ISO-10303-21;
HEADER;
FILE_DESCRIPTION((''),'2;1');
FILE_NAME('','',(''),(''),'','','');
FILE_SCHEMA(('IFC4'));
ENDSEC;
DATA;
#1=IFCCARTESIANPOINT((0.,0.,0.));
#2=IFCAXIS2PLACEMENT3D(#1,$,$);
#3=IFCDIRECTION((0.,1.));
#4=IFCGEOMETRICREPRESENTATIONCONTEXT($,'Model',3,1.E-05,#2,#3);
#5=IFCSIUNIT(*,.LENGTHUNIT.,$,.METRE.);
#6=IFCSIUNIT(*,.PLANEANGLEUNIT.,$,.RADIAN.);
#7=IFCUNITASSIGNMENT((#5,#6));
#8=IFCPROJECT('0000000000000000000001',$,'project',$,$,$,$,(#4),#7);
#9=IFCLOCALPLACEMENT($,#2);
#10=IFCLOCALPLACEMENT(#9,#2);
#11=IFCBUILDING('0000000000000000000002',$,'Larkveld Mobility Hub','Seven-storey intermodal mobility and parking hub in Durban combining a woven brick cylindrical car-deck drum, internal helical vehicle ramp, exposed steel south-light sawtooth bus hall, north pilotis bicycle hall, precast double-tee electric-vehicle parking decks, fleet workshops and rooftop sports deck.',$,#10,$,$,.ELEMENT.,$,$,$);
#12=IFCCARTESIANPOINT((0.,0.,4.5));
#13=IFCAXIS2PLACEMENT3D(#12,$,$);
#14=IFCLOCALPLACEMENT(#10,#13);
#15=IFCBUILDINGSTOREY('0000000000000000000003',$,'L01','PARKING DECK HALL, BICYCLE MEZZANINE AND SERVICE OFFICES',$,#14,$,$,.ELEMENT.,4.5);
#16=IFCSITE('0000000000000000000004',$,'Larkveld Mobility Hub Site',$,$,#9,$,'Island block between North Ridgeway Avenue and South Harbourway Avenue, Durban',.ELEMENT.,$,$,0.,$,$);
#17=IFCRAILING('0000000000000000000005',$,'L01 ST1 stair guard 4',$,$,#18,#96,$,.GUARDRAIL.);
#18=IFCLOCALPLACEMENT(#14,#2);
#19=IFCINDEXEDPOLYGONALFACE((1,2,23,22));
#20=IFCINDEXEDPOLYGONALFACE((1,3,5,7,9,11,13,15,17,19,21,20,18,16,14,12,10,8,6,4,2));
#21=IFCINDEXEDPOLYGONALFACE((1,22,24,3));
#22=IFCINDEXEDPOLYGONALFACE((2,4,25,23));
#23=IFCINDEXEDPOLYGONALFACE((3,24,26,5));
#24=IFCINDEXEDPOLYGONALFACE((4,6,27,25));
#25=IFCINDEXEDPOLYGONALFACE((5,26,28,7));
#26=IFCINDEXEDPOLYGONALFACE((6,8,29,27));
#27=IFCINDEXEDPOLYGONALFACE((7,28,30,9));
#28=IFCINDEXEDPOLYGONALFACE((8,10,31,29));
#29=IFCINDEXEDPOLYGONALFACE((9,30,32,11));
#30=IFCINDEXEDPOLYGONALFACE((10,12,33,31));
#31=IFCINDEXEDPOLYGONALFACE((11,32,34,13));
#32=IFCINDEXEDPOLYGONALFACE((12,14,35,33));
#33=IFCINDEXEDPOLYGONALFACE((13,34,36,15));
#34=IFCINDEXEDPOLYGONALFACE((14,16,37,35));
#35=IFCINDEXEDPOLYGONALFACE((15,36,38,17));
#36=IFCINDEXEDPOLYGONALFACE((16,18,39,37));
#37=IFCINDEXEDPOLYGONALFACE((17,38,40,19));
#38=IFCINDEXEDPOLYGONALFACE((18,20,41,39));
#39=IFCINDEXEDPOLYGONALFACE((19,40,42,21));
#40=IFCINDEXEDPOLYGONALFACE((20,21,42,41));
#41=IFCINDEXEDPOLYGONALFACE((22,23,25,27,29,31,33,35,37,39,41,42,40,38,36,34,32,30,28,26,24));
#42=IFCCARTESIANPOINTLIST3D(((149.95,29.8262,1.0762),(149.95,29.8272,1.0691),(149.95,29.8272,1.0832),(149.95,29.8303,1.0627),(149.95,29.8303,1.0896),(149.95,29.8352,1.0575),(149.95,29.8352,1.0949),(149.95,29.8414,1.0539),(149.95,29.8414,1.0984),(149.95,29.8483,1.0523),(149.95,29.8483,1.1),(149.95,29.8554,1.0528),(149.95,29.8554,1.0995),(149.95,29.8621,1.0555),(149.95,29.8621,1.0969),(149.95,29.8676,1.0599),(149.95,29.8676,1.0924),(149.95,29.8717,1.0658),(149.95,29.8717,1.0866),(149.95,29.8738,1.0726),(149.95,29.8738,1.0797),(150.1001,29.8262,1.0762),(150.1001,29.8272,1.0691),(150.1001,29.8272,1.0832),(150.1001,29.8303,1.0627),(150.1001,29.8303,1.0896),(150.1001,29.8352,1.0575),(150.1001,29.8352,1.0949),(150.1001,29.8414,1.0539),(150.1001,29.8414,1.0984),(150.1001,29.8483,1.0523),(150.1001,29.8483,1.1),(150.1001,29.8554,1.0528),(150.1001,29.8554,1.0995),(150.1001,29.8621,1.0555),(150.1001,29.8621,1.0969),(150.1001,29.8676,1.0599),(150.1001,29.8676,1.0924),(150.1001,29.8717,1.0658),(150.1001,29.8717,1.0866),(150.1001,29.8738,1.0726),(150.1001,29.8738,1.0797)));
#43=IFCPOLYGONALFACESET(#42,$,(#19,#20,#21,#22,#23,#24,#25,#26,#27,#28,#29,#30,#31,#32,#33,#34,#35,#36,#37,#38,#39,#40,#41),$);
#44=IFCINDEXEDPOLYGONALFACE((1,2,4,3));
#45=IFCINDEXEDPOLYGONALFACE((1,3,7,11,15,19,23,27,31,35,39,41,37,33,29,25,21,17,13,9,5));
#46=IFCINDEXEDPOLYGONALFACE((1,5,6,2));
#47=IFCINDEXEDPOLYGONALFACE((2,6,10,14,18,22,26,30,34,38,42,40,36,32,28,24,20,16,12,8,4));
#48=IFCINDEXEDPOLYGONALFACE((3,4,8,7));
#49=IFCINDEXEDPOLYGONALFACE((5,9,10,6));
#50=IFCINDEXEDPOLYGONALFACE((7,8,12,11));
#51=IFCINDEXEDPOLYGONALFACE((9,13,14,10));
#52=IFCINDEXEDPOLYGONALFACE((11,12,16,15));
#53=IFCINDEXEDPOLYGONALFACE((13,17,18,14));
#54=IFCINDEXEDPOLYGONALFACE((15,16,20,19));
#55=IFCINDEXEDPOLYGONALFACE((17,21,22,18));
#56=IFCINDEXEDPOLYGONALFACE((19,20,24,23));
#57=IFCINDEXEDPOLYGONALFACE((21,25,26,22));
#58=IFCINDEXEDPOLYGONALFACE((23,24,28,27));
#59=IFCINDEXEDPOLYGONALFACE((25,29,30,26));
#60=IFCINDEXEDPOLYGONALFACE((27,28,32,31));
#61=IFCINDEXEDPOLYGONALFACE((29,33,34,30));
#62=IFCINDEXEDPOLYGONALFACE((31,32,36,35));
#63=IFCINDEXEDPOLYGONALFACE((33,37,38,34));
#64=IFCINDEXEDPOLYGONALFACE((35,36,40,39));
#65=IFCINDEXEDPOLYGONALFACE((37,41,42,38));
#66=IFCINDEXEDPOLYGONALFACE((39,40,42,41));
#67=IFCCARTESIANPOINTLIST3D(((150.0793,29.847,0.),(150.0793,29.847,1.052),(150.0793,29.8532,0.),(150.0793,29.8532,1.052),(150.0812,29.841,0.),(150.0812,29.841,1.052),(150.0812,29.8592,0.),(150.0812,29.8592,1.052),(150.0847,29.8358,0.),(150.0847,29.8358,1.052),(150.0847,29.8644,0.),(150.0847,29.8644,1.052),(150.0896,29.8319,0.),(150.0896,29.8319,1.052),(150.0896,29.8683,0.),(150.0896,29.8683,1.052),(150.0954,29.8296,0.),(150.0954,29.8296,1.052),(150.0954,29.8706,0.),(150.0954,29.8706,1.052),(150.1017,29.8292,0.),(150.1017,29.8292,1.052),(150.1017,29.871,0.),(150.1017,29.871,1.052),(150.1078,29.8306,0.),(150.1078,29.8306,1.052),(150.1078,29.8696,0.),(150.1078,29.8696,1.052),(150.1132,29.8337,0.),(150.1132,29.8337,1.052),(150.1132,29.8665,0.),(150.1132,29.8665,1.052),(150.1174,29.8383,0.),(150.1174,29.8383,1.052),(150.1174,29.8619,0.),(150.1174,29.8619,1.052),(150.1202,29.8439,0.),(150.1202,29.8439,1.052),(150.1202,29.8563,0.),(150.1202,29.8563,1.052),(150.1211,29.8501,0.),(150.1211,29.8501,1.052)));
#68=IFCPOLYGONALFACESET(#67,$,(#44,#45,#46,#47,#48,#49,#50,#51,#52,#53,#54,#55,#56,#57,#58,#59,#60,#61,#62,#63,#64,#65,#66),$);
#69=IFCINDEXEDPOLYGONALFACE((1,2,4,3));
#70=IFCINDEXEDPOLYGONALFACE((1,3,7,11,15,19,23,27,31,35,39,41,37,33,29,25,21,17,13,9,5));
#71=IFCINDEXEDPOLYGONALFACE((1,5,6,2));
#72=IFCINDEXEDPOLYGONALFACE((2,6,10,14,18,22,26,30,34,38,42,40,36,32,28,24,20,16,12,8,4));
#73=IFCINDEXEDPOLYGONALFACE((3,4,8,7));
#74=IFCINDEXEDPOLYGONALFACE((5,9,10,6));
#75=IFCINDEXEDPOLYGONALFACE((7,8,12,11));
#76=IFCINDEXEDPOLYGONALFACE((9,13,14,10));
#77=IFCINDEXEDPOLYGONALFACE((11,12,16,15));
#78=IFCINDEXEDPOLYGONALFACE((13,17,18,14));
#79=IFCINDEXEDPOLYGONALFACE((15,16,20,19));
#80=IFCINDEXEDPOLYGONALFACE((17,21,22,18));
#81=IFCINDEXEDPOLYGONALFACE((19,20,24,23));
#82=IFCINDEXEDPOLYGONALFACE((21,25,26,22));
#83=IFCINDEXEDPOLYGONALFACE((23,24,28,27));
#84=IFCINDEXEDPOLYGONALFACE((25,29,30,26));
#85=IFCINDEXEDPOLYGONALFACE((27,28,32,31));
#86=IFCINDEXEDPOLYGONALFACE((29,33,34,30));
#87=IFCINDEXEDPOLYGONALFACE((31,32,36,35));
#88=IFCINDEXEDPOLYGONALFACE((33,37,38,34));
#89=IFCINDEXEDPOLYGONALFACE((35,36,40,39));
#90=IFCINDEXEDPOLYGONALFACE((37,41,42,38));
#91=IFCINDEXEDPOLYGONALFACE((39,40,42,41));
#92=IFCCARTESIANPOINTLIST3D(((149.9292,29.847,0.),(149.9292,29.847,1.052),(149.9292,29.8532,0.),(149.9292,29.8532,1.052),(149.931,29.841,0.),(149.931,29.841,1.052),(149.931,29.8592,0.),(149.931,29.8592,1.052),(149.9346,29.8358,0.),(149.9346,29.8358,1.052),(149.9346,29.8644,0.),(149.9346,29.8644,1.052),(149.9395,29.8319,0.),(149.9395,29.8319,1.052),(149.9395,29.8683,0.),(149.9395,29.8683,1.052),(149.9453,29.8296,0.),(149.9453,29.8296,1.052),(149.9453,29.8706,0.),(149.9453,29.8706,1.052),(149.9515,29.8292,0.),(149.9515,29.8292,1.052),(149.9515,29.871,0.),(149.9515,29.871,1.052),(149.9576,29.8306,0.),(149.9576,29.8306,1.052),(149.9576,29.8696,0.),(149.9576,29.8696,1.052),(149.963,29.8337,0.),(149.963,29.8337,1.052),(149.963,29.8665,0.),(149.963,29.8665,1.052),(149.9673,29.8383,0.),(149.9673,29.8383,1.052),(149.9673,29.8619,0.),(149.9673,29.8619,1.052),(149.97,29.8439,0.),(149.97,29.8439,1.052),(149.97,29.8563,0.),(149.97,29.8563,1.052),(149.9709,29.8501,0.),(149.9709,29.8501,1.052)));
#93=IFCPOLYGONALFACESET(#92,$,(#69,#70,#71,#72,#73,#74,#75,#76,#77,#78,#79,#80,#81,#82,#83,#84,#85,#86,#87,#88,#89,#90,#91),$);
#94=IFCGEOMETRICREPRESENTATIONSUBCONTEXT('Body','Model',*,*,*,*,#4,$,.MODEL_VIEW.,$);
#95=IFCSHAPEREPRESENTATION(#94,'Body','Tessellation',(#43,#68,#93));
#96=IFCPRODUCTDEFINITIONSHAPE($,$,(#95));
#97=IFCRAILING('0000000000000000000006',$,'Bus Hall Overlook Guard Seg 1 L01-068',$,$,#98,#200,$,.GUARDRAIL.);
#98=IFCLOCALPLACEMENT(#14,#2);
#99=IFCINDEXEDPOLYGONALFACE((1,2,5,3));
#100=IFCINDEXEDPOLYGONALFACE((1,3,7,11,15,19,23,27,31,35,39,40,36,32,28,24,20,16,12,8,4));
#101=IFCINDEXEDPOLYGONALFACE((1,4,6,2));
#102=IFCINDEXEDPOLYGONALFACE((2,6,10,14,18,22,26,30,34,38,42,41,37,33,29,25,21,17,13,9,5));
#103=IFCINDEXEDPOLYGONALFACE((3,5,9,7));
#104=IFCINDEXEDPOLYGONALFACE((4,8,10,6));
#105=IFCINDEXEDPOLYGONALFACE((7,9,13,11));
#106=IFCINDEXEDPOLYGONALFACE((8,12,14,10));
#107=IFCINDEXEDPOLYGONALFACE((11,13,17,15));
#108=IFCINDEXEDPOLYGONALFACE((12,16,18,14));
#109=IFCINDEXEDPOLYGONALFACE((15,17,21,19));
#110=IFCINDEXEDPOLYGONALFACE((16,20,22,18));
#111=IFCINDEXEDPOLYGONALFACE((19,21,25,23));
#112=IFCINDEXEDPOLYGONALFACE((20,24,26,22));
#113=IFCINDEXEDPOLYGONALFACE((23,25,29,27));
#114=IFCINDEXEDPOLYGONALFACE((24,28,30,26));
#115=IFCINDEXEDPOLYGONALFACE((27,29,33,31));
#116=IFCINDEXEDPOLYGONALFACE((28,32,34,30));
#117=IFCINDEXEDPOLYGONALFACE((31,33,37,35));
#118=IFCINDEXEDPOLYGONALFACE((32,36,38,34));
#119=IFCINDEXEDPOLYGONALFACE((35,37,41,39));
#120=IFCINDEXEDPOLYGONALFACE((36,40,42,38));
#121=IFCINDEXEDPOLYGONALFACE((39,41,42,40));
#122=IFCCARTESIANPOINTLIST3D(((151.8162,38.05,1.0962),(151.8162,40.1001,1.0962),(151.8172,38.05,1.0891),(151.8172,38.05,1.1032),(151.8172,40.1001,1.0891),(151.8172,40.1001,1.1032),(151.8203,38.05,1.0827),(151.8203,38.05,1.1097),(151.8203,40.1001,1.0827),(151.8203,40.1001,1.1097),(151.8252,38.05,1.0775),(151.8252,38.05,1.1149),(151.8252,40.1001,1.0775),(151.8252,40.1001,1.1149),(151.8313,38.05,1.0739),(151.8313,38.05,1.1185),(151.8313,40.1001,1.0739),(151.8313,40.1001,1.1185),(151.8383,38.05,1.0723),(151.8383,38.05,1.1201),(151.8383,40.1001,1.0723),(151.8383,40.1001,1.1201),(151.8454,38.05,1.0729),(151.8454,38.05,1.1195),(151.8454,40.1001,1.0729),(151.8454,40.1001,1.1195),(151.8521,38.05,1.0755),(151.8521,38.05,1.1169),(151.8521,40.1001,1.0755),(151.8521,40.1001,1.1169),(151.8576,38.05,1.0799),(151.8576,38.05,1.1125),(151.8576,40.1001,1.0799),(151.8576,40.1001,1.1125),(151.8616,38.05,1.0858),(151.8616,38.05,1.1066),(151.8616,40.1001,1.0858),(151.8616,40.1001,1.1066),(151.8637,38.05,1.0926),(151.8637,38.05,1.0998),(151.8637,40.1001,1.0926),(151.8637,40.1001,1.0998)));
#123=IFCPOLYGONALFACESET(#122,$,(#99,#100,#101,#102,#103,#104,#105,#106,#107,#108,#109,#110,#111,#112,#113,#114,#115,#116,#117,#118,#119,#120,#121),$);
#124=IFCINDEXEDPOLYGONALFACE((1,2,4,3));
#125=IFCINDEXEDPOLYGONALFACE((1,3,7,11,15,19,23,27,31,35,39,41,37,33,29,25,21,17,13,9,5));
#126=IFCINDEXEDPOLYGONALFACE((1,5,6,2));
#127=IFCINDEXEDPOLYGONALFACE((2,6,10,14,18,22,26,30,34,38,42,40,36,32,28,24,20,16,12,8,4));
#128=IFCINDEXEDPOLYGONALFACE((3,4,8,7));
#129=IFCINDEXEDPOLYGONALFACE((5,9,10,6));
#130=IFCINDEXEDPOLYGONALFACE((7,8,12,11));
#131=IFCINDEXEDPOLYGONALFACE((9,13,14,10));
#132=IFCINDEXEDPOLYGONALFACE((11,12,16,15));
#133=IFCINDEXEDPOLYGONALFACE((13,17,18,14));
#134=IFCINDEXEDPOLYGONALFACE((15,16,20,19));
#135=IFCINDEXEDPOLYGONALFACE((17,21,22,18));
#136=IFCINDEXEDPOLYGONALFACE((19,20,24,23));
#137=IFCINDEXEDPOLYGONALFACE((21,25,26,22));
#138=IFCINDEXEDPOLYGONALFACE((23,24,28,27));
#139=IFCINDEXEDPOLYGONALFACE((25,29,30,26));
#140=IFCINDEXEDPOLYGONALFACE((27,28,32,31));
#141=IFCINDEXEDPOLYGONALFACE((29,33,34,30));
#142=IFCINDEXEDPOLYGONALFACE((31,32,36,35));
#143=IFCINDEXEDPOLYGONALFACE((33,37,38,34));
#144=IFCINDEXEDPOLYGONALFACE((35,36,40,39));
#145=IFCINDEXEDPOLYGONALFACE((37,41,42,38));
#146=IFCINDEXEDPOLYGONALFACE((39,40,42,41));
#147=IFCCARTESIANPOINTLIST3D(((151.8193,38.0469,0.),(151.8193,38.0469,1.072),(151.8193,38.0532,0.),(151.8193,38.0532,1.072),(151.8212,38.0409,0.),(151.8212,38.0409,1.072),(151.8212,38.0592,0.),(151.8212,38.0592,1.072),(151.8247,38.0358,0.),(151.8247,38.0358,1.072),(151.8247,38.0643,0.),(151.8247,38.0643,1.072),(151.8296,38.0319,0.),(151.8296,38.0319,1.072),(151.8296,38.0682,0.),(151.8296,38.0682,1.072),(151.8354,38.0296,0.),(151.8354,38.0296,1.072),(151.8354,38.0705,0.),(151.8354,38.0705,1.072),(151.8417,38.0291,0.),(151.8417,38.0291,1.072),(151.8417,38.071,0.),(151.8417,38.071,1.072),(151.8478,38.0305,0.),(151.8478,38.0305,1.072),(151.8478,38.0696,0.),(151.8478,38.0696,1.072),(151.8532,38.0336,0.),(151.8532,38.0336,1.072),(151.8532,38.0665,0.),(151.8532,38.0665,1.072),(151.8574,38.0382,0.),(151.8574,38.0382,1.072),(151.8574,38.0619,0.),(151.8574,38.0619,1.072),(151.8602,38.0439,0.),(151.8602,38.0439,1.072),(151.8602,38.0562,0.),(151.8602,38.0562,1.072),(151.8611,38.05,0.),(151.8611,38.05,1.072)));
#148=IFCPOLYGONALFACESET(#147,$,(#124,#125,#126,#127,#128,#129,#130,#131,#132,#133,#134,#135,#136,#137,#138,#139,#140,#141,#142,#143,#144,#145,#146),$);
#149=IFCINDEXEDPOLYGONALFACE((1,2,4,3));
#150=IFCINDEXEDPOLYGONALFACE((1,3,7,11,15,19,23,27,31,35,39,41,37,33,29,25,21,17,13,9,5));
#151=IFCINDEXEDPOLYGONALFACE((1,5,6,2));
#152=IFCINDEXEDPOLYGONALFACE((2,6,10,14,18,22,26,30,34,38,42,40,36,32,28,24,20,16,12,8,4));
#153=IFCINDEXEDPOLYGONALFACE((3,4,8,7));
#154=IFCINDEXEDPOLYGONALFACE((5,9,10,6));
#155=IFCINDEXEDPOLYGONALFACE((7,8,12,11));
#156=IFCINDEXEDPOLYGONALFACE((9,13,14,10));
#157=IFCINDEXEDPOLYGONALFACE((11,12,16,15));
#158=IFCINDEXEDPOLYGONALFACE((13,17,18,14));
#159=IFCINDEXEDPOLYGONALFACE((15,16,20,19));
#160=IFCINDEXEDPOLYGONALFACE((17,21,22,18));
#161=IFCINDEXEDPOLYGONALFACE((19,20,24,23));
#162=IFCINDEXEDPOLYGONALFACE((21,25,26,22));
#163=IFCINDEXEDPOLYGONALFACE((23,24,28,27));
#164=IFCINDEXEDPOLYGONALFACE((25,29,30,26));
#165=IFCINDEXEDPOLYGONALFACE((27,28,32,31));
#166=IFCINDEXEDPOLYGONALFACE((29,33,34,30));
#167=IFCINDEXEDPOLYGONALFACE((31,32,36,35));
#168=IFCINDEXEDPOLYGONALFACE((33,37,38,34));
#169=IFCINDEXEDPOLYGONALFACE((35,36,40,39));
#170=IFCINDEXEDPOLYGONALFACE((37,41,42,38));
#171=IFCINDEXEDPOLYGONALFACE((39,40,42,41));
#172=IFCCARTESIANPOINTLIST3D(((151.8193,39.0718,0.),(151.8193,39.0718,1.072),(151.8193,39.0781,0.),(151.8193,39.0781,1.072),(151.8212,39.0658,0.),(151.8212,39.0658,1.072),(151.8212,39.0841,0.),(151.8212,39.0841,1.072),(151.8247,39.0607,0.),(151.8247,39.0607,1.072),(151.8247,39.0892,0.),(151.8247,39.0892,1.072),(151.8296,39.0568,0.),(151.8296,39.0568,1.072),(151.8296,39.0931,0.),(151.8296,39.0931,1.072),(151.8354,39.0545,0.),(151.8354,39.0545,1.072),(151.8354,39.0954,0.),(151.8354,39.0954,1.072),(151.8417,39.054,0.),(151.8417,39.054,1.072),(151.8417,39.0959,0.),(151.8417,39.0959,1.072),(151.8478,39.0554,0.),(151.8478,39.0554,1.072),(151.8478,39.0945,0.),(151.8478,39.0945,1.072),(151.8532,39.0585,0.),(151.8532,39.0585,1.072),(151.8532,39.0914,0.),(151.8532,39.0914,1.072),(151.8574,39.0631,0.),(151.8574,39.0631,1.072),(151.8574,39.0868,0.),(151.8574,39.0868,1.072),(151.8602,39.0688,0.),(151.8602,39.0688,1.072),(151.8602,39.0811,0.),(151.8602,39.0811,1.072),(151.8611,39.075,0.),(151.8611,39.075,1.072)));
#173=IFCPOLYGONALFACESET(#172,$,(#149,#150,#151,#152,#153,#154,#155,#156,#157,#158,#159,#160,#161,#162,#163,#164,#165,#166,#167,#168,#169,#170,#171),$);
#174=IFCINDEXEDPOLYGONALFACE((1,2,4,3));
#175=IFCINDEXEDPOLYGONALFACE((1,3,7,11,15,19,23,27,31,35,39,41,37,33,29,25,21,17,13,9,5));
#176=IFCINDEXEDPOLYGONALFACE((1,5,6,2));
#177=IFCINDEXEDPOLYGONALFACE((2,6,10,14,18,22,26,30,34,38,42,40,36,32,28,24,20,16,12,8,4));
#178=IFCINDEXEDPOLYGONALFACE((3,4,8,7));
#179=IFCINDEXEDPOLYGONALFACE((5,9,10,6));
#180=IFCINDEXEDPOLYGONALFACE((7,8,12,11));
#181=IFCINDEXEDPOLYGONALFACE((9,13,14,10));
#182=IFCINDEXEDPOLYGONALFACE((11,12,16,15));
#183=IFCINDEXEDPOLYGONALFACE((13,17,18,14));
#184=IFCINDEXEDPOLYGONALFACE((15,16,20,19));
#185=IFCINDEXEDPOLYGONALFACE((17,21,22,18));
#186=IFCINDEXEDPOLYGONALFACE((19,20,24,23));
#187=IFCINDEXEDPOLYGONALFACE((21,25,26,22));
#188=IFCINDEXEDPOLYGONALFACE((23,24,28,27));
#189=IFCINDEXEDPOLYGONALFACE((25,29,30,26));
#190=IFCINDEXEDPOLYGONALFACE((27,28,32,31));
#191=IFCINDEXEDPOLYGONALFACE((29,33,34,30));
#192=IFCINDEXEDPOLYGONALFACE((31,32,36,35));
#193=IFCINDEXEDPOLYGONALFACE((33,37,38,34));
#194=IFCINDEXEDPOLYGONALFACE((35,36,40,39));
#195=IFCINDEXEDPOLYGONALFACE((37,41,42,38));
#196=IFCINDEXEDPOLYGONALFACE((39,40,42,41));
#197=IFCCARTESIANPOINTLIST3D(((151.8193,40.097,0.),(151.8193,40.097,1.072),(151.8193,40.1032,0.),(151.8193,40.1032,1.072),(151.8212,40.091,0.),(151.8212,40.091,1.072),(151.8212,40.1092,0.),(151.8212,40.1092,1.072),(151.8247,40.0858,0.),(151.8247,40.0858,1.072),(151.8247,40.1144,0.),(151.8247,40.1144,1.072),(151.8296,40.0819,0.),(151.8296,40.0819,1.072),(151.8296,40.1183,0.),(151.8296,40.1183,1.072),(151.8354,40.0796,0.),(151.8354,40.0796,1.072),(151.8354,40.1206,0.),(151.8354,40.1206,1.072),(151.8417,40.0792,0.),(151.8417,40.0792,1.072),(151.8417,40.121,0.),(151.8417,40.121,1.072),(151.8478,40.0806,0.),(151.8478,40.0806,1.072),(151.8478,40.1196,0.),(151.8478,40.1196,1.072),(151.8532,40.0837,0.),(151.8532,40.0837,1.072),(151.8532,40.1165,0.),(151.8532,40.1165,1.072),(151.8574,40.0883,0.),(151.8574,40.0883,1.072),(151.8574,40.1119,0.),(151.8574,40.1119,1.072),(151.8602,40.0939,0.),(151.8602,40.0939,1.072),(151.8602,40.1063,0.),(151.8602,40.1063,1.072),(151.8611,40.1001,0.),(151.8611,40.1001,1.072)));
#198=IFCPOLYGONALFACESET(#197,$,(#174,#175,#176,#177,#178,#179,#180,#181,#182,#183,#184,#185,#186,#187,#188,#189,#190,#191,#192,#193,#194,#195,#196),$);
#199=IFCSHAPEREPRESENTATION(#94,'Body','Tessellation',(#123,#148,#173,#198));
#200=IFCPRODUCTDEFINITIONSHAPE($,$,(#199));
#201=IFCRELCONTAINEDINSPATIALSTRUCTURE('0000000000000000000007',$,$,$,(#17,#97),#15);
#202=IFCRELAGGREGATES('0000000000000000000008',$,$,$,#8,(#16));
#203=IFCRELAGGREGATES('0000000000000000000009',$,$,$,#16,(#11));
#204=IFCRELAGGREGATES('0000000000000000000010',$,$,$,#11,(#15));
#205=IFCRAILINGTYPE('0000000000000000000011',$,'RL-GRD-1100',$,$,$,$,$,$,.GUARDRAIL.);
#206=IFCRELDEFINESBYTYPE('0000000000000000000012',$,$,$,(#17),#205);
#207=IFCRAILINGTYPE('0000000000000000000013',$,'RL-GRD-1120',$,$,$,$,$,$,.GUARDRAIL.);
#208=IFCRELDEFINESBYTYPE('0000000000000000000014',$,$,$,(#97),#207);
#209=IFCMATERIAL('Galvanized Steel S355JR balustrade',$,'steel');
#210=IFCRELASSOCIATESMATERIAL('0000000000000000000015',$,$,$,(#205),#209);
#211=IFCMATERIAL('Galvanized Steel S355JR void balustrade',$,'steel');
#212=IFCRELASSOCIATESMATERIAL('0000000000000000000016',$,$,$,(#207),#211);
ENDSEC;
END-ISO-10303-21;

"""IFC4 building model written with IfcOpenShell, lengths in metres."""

from ifc_helpers import new_model, si_unit, direction, frame, origin, origin_2d, place, context, subcontext, project, spatial, circle, extrude, material, type_object, element, save


model = new_model("IFC4")

# Units and contexts
model_context = context("Model", 3, precision=1e-05, world=origin(), true_north=direction((0.0, 1.0)))
body_context = subcontext(model_context, "Body", "Model", "MODEL_VIEW")
ifc_project = project(units=[si_unit("LENGTHUNIT", "METRE"), si_unit("PLANEANGLEUNIT", "RADIAN")], contexts=[model_context])

# Site, building, storey
site_placement = place(None, origin())
site = spatial("IfcSite", under=ifc_project, at=site_placement, Name="Larkveld Mobility Hub Site", LongName="Island block between North Ridgeway Avenue and South Harbourway Avenue, Durban", CompositionType="ELEMENT", RefElevation=0.0)
building_placement = place(site_placement, origin())
building = spatial("IfcBuilding", under=site, at=building_placement, Name="Larkveld Mobility Hub", Description="Seven-storey intermodal mobility and parking hub in Durban combining a woven brick cylindrical car-deck drum, internal helical vehicle ramp, exposed steel south-light sawtooth bus hall, north pilotis bicycle hall, precast double-tee electric-vehicle parking decks, fleet workshops and rooftop sports deck.", CompositionType="ELEMENT")
storey_placement = place(building_placement, frame((0.0, 0.0, 4.5)))
storey = spatial("IfcBuildingStorey", under=building, at=storey_placement, Name="L01", Description="PARKING DECK HALL, BICYCLE MEZZANINE AND SERVICE OFFICES", CompositionType="ELEMENT", Elevation=4.5)

# Railings
ifc_material_1 = material(Name="Galvanized Steel S355JR balustrade", Category="steel")
railing_type_1 = type_object("IfcRailingType", Name="RL-GRD-1100", PredefinedType="GUARDRAIL", material=ifc_material_1)
railing_1_placement = place(storey_placement, frame((150.1001, 29.8501, 0.0)))
element("IfcRailing", 1, at=railing_1_placement, inside=storey, type_object=railing_type_1, Name="L01 ST1 stair guard 4", PredefinedType="GUARDRAIL", context=body_context, shape_type="SweptSolid", body=[
    extrude(circle(Radius=0.0239, at=origin_2d()), frame((0.0, 0.0, 1.0762), z_axis=(-1.0, 0.0, 0.0), x_axis=(0.0, -1.0, 0.0)), (0.0, 0.0, 1.0), 0.1501),
    extrude(circle(Radius=0.021, at=origin_2d()), origin(), (0.0, 0.0, 1.0), 1.052),
    extrude(circle(Radius=0.021, at=origin_2d()), frame((-0.1501, 0.0, 0.0)), (0.0, 0.0, 1.0), 1.052),
])
ifc_material_2 = material(Name="Galvanized Steel S355JR void balustrade", Category="steel")
railing_type_2 = type_object("IfcRailingType", Name="RL-GRD-1120", PredefinedType="GUARDRAIL", material=ifc_material_2)
railing_2_placement = place(storey_placement, frame((151.8401, 38.05, 0.0)))
element("IfcRailing", 2, at=railing_2_placement, inside=storey, type_object=railing_type_2, Name="Bus Hall Overlook Guard Seg 1 L01-068", PredefinedType="GUARDRAIL", context=body_context, shape_type="SweptSolid", body=[
    extrude(circle(Radius=0.0239, at=origin_2d()), frame((0.0, 0.0, 1.0962), z_axis=(0.0, 1.0, 0.0), x_axis=(-1.0, 0.0, 0.0)), (0.0, 0.0, 1.0), 2.05),
    extrude(circle(Radius=0.021, at=origin_2d()), origin(), (0.0, 0.0, 1.0), 1.072),
    extrude(circle(Radius=0.021, at=origin_2d()), frame((0.0, 1.0249, 0.0)), (0.0, 0.0, 1.0), 1.072),
    extrude(circle(Radius=0.021, at=origin_2d()), frame((0.0, 2.05, 0.0)), (0.0, 0.0, 1.0), 1.072),
])

save(model, "model.ifc")
